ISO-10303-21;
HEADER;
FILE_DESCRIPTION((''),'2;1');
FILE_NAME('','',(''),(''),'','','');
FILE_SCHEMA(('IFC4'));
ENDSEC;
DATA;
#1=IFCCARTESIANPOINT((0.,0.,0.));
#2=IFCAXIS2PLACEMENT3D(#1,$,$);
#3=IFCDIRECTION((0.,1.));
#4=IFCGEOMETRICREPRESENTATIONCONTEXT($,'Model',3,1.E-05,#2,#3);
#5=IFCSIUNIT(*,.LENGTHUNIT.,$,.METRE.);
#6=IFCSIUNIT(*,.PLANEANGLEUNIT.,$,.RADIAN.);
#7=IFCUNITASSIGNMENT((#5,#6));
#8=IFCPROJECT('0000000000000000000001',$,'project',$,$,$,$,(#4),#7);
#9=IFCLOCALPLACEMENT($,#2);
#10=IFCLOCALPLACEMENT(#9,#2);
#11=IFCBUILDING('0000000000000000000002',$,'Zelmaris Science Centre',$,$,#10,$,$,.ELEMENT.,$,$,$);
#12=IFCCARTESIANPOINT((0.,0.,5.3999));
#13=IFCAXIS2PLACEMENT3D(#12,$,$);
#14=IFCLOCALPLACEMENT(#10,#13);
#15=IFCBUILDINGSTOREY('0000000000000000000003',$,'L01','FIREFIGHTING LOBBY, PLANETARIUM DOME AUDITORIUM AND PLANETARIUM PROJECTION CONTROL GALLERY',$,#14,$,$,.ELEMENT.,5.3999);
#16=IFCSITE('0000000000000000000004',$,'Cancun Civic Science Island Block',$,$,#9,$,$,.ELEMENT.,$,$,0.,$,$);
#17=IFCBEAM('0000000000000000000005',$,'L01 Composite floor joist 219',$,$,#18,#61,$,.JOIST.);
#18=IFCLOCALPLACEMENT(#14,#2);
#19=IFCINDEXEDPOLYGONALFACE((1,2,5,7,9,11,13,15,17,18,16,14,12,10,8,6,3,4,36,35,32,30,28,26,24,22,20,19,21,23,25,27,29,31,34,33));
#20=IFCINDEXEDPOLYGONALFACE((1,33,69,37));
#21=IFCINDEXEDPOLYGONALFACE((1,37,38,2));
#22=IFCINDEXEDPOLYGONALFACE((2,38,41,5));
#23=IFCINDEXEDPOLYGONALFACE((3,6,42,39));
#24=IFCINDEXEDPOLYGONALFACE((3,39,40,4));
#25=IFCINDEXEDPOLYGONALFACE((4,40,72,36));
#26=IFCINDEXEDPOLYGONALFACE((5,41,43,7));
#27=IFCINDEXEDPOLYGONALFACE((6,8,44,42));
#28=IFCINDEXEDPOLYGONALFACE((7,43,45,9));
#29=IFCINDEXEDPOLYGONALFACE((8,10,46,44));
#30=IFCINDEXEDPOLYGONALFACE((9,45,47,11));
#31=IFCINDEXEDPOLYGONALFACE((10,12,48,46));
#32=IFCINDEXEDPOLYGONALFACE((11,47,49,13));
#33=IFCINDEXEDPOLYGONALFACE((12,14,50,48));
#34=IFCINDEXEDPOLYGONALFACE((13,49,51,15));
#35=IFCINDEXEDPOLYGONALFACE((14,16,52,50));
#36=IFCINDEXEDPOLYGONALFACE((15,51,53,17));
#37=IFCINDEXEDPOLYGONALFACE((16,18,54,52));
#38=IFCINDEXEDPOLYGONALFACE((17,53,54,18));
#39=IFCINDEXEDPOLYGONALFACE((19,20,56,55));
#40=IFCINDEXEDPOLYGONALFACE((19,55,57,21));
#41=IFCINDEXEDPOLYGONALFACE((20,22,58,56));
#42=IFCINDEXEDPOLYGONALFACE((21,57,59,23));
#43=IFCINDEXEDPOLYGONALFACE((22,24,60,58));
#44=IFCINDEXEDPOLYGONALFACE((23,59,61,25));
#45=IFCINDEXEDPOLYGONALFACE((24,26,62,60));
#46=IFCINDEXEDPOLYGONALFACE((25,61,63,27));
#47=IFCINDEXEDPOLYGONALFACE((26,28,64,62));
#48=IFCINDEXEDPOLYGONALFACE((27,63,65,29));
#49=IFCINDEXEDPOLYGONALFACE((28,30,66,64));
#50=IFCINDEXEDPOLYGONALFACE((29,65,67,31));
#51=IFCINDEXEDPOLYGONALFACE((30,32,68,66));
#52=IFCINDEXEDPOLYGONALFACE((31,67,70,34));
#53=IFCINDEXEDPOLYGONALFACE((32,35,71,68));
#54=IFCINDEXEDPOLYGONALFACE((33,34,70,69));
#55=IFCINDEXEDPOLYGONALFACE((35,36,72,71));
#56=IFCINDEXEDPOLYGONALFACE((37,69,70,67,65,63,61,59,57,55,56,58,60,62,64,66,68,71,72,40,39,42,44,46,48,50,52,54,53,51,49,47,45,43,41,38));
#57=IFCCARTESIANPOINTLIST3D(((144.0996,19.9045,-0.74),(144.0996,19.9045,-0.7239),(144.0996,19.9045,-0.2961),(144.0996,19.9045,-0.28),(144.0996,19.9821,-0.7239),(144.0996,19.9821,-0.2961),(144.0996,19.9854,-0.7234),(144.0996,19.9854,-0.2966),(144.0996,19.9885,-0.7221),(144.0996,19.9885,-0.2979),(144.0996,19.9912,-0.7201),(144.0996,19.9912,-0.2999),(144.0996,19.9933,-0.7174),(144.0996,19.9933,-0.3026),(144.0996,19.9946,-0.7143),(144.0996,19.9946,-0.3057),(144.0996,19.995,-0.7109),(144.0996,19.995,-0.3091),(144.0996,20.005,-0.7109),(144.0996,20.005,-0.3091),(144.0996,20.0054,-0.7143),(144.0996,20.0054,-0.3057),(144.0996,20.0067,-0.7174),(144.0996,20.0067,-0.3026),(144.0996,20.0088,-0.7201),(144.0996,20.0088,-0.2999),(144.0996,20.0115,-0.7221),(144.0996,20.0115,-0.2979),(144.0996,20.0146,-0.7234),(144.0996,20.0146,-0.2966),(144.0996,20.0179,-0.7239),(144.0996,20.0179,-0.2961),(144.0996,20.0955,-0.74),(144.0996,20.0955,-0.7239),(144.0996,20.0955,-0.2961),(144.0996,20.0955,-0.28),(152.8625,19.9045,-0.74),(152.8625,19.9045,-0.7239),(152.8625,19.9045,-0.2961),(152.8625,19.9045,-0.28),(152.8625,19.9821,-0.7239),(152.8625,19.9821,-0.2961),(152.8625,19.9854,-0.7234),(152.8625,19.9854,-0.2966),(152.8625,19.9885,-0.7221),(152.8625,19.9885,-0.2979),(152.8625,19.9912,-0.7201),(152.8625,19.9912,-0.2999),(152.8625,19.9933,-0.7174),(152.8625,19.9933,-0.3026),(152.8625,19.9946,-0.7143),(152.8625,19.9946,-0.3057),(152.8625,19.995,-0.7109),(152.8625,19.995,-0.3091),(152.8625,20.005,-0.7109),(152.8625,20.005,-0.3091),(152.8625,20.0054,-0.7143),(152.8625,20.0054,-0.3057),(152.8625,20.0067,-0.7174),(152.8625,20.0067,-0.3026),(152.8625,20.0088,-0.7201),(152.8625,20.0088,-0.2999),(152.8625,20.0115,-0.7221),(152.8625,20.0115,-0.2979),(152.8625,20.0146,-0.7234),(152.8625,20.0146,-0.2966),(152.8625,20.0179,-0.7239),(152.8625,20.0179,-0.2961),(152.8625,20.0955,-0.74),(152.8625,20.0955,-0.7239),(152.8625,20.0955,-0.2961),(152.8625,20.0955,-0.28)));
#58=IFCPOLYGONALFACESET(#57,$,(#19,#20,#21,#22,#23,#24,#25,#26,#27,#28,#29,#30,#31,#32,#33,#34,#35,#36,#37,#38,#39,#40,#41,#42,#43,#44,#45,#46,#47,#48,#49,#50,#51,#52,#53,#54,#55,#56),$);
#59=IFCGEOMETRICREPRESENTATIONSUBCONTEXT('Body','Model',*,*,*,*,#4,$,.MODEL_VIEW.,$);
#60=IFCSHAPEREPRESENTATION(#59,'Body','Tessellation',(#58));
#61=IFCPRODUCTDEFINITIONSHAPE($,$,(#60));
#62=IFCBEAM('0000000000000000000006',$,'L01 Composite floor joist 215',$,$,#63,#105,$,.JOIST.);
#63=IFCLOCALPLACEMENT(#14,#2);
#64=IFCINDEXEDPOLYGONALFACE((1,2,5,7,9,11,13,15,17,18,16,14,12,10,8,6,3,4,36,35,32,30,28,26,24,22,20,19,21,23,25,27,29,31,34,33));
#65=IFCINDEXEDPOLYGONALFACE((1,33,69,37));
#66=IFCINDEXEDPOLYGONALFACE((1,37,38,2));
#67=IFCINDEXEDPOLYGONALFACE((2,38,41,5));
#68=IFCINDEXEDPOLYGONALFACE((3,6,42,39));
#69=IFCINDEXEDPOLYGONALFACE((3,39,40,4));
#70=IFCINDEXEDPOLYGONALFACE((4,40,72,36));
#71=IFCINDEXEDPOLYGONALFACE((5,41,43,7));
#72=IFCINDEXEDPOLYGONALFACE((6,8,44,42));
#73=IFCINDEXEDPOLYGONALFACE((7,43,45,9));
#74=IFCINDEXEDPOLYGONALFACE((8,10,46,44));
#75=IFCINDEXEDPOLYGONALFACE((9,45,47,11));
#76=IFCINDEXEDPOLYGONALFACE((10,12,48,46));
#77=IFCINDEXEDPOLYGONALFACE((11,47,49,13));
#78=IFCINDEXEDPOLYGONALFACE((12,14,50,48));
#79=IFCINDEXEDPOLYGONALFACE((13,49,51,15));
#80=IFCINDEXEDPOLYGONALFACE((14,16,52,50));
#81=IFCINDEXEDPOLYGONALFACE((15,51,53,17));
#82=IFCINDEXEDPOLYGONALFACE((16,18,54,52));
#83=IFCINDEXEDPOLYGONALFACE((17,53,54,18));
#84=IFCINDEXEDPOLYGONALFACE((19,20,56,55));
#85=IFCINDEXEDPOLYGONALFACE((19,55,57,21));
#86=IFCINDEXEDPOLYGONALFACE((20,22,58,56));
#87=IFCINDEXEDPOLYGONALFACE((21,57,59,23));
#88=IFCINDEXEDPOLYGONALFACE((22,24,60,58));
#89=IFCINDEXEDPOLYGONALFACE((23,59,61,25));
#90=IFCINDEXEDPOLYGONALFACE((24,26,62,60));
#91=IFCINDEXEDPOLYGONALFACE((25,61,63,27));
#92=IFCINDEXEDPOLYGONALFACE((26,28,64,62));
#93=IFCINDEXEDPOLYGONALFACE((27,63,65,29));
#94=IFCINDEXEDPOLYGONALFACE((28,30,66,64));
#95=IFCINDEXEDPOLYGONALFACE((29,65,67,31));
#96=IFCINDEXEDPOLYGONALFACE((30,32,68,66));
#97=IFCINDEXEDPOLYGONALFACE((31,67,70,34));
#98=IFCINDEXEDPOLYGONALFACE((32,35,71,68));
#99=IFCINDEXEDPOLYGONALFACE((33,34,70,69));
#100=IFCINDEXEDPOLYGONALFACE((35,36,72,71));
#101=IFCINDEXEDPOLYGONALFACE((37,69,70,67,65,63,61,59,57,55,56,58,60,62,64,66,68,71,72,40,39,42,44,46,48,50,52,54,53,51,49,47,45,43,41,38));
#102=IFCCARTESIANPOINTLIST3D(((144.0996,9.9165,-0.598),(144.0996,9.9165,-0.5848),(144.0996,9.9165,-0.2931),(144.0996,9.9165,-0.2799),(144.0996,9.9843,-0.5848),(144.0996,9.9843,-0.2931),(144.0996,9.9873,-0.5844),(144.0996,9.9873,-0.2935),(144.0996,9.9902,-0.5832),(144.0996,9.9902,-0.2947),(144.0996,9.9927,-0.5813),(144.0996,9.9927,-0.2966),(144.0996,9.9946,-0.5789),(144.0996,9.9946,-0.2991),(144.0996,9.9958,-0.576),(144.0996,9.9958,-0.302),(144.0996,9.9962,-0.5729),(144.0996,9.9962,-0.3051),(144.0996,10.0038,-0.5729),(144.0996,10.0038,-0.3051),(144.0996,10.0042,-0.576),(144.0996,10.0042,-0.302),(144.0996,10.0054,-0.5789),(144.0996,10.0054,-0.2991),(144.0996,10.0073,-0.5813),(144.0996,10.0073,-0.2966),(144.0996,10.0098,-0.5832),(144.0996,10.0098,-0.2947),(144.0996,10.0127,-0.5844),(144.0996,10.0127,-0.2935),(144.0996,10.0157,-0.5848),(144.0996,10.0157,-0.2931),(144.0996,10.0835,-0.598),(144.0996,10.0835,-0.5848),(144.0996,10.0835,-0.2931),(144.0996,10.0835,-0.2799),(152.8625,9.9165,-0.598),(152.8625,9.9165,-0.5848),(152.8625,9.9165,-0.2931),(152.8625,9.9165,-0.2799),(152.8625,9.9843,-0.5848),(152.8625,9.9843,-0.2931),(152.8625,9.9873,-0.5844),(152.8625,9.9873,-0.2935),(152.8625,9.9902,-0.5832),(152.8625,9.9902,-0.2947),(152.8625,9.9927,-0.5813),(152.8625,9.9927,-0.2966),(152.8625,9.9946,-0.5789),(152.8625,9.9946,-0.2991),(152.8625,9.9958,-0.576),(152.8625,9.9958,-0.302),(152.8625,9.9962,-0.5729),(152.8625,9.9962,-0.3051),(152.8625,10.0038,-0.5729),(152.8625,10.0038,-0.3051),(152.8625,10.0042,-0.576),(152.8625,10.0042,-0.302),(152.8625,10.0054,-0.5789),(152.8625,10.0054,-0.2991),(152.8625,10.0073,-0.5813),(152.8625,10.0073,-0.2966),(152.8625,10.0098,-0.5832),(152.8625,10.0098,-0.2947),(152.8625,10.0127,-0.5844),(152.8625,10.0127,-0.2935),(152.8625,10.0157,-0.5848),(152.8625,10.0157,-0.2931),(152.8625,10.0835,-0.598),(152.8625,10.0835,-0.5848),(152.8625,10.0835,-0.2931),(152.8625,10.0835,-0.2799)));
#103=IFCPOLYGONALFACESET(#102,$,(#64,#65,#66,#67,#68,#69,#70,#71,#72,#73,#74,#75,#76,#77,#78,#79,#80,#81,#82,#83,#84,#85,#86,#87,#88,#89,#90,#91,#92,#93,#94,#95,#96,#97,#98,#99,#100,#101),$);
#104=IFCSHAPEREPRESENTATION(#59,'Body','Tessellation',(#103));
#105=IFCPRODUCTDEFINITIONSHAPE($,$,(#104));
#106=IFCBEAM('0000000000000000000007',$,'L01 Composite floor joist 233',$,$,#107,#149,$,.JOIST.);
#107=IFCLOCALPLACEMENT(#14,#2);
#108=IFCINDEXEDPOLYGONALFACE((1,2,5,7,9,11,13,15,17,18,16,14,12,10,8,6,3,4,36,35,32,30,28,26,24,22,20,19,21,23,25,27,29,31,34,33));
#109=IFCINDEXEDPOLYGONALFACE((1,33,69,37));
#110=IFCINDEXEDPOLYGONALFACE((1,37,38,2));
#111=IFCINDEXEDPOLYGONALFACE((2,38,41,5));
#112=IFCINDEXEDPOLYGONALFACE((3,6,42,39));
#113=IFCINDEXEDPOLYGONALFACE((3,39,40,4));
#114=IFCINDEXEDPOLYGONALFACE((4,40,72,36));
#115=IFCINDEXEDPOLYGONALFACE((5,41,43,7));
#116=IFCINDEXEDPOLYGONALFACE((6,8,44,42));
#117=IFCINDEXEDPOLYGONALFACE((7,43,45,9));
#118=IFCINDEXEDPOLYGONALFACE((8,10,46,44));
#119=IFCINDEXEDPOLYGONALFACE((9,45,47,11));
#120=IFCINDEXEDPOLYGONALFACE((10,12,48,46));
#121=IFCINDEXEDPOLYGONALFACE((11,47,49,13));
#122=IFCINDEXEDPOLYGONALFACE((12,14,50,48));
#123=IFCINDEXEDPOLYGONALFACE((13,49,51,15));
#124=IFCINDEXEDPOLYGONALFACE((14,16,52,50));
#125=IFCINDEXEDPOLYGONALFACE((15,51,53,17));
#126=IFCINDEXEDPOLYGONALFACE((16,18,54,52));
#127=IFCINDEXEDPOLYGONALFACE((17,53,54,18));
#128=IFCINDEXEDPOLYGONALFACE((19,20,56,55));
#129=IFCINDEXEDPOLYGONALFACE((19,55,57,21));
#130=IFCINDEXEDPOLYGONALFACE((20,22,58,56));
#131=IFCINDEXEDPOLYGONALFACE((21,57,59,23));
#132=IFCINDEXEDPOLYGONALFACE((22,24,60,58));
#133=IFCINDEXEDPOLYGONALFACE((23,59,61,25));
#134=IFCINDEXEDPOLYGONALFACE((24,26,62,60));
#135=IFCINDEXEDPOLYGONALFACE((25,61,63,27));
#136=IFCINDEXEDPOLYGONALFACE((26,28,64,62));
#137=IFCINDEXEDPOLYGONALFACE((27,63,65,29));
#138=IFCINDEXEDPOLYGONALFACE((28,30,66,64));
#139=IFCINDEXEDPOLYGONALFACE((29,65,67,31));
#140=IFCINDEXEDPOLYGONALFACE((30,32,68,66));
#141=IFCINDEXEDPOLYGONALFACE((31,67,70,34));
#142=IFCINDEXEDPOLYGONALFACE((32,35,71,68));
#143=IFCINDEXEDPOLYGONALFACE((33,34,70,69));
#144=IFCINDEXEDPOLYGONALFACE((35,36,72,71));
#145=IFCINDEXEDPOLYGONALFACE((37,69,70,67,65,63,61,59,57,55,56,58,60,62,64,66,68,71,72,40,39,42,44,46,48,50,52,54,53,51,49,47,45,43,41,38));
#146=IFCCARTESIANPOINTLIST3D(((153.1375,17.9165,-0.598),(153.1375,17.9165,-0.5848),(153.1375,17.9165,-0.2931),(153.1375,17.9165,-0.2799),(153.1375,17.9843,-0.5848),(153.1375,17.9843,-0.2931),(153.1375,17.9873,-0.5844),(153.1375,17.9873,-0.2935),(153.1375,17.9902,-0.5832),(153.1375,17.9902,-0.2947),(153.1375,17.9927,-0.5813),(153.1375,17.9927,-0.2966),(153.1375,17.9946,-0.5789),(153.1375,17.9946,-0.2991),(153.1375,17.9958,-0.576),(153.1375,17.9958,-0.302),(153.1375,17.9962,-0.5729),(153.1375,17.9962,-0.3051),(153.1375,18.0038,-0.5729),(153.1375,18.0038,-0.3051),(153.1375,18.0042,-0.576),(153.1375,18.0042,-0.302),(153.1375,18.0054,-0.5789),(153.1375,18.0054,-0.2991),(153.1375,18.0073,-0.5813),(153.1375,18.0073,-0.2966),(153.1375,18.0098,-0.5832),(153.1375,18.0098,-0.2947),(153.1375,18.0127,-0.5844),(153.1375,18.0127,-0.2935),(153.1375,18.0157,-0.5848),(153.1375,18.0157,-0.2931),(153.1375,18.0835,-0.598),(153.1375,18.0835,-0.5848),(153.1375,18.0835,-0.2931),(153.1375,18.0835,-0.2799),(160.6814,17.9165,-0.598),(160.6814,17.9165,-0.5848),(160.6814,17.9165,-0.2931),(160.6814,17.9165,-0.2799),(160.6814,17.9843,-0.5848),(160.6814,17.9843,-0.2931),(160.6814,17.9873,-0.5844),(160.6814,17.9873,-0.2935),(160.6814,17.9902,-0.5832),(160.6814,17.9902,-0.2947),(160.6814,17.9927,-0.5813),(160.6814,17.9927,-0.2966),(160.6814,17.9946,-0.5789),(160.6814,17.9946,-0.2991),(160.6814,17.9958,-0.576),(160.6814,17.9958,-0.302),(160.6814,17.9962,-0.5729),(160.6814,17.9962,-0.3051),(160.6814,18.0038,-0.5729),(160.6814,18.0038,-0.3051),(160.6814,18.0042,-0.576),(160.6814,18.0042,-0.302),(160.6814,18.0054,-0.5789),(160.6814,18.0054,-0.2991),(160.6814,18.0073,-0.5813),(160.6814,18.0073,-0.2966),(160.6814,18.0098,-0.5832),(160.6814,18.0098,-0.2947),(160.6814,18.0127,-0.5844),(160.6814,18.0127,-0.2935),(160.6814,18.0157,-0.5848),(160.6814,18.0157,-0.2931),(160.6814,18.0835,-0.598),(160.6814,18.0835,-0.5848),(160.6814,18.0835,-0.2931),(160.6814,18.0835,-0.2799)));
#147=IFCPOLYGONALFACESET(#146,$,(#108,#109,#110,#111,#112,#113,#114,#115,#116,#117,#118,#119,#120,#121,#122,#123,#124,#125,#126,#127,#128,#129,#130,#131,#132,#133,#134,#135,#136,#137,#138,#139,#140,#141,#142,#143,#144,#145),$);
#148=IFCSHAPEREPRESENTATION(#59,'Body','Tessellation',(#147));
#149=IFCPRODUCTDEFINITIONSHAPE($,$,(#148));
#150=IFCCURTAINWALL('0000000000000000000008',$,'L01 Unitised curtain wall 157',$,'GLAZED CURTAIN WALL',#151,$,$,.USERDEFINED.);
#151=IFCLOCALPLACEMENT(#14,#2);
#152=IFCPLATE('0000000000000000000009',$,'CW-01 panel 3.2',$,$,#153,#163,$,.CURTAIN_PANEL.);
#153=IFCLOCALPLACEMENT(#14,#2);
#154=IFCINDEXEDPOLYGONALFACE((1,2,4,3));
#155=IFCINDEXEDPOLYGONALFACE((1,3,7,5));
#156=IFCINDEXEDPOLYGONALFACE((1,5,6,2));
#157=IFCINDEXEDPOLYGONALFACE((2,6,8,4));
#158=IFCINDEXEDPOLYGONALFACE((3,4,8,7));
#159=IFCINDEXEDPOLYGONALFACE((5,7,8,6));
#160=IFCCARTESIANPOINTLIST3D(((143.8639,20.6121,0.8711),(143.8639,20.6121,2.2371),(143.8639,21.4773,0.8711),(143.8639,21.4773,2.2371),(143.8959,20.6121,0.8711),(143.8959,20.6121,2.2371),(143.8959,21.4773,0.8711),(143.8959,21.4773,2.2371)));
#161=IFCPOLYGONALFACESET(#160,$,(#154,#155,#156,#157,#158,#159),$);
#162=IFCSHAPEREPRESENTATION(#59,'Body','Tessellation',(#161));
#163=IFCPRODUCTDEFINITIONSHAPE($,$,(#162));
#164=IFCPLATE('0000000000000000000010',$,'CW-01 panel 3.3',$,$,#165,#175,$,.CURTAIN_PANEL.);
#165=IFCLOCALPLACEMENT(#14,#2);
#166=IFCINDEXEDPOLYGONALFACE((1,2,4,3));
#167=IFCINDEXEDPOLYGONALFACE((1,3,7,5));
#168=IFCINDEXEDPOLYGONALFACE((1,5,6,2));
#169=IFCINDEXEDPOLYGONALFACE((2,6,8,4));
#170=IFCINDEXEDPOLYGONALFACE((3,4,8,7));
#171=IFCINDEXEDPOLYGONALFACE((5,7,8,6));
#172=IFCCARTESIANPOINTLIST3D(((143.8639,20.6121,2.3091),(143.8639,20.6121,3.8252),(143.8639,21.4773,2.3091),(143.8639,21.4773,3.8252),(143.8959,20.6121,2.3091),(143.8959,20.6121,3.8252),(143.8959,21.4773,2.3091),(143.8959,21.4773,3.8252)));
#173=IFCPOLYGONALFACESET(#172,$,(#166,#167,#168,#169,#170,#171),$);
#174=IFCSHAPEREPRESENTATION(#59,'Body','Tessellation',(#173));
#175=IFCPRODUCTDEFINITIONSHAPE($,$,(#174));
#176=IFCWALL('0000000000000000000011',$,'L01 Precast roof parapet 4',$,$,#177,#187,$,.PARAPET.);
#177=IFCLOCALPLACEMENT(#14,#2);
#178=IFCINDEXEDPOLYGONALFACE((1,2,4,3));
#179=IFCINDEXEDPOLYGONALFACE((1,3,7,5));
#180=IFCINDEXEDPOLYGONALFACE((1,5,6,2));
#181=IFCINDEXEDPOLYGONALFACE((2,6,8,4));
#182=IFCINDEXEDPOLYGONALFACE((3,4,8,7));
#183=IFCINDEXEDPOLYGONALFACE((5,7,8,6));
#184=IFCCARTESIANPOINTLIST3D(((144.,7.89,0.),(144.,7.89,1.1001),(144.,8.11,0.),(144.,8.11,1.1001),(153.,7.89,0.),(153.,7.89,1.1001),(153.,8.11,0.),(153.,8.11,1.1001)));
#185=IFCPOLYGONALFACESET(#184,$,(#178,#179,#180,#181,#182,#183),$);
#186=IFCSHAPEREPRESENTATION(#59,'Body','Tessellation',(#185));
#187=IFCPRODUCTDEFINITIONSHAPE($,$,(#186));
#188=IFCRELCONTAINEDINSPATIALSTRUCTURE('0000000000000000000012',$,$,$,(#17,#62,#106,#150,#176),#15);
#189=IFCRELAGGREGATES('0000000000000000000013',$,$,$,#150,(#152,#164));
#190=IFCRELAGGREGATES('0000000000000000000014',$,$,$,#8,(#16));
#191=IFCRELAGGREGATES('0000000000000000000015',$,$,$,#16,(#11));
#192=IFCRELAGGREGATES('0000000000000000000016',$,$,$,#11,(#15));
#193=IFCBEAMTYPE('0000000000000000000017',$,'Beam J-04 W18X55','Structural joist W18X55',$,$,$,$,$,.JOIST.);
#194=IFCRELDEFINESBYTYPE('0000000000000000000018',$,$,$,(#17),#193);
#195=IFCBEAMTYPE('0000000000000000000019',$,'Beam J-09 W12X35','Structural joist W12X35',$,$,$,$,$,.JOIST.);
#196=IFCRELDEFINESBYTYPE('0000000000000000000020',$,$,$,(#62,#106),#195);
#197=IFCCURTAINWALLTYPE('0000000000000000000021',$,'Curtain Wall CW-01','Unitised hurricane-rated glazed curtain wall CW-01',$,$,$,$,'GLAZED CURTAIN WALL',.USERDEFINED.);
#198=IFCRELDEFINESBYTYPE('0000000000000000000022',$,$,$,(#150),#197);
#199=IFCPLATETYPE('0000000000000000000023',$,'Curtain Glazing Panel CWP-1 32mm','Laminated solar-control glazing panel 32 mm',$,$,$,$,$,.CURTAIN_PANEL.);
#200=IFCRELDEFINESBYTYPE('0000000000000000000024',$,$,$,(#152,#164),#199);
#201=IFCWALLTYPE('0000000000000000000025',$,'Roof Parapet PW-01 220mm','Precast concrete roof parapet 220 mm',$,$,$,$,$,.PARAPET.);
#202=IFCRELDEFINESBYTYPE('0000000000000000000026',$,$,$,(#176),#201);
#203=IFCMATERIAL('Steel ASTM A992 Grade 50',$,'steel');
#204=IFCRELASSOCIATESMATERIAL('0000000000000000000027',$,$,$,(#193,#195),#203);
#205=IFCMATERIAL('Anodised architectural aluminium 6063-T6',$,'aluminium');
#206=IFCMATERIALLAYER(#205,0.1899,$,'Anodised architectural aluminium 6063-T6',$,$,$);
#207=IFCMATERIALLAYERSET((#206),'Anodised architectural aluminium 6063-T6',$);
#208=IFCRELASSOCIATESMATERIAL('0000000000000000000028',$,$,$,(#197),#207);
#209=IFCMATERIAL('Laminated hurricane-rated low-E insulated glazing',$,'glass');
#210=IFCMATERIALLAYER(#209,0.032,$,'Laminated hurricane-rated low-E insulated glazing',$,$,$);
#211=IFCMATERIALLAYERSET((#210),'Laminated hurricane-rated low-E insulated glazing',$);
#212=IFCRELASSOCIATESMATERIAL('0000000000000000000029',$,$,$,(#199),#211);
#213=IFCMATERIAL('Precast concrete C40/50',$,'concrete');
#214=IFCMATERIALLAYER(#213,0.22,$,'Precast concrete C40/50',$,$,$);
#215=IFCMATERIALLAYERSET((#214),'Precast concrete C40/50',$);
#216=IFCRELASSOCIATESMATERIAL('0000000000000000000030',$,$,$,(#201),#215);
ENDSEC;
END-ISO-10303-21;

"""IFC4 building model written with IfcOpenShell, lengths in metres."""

from ifc_helpers import new_model, si_unit, direction, frame, frame_2d, origin, origin_2d, place, context, subcontext, project, spatial, rectangle, i_section, extrude, material, layer, layer_set, material_profile, profile_set, type_object, element, aggregate, save


model = new_model("IFC4")

# Units and contexts
model_context = context("Model", 3, precision=1e-05, world=origin(), true_north=direction((0.0, 1.0)))
body_context = subcontext(model_context, "Body", "Model", "MODEL_VIEW")
ifc_project = project(units=[si_unit("LENGTHUNIT", "METRE"), si_unit("PLANEANGLEUNIT", "RADIAN")], contexts=[model_context])

# Site, building, storey
site_placement = place(None, origin())
site = spatial("IfcSite", under=ifc_project, at=site_placement, Name="Cancun Civic Science Island Block", CompositionType="ELEMENT", RefElevation=0.0)
building_placement = place(site_placement, origin())
building = spatial("IfcBuilding", under=site, at=building_placement, Name="Zelmaris Science Centre", CompositionType="ELEMENT")
storey_placement = place(building_placement, frame((0.0, 0.0, 5.3999)))
storey = spatial("IfcBuildingStorey", under=building, at=storey_placement, Name="L01", Description="FIREFIGHTING LOBBY, PLANETARIUM DOME AUDITORIUM AND PLANETARIUM PROJECTION CONTROL GALLERY", CompositionType="ELEMENT", Elevation=5.3999)

# Shared definitions
ifc_material_1 = material(Name="Steel ASTM A992 Grade 50", Category="steel")

# Beams
ifc_material_profile_1 = material_profile(ifc_material_1, i_section(OverallWidth=0.1909, OverallDepth=0.46, WebThickness=0.01, FlangeThickness=0.0161, FilletRadius=0.0129, at=origin_2d()), Name="W18X55")
ifc_profile_set_1 = profile_set([ifc_material_profile_1], Name="Steel ASTM A992 Grade 50")
beam_type_1 = type_object("IfcBeamType", Name="Beam J-04 W18X55", Description="Structural joist W18X55", PredefinedType="JOIST", material=ifc_profile_set_1)
beam_1_placement = place(storey_placement, frame((144.0996, 20.0, -0.51), z_axis=(1.0, 0.0, 0.0), x_axis=(0.0, 1.0, 0.0)))
element("IfcBeam", 1, at=beam_1_placement, inside=storey, type_object=beam_type_1, Name="L01 Composite floor joist 219", PredefinedType="JOIST", context=body_context, shape_type="SweptSolid", body=[
    extrude(i_section(OverallWidth=0.1909, OverallDepth=0.46, WebThickness=0.01, FlangeThickness=0.0161, FilletRadius=0.0129, at=origin_2d()), origin(), (0.0, 0.0, 1.0), 8.7629),
])
ifc_material_profile_2 = material_profile(ifc_material_1, i_section(OverallWidth=0.167, OverallDepth=0.3181, WebThickness=0.0076, FlangeThickness=0.0132, FilletRadius=0.012, at=origin_2d()), Name="W12X35")
ifc_profile_set_2 = profile_set([ifc_material_profile_2], Name="Steel ASTM A992 Grade 50")
beam_type_2 = type_object("IfcBeamType", Name="Beam J-09 W12X35", Description="Structural joist W12X35", PredefinedType="JOIST", material=ifc_profile_set_2)
beam_2_placement = place(storey_placement, frame((144.0996, 10.0, -0.439), z_axis=(1.0, 0.0, 0.0), x_axis=(0.0, 1.0, 0.0)))
element("IfcBeam", 2, at=beam_2_placement, inside=storey, type_object=beam_type_2, Name="L01 Composite floor joist 215", PredefinedType="JOIST", context=body_context, shape_type="SweptSolid", body=[
    extrude(i_section(OverallWidth=0.167, OverallDepth=0.3181, WebThickness=0.0076, FlangeThickness=0.0132, FilletRadius=0.012, at=origin_2d()), origin(), (0.0, 0.0, 1.0), 8.7629),
])
beam_3_placement = place(storey_placement, frame((153.1375, 18.0, -0.439), z_axis=(1.0, 0.0, 0.0), x_axis=(0.0, 1.0, 0.0)))
element("IfcBeam", 3, at=beam_3_placement, inside=storey, type_object=beam_type_2, Name="L01 Composite floor joist 233", PredefinedType="JOIST", context=body_context, shape_type="SweptSolid", body=[
    extrude(i_section(OverallWidth=0.167, OverallDepth=0.3181, WebThickness=0.0076, FlangeThickness=0.0132, FilletRadius=0.012, at=origin_2d()), origin(), (0.0, 0.0, 1.0), 7.5439),
])

# Curtain wall, plates
ifc_material_2 = material(Name="Anodised architectural aluminium 6063-T6", Category="aluminium")
ifc_layer_1 = layer(ifc_material_2, 0.1899, Name="Anodised architectural aluminium 6063-T6")
ifc_layer_set_1 = layer_set([ifc_layer_1], Name="Anodised architectural aluminium 6063-T6")
curtain_wall_type = type_object("IfcCurtainWallType", Name="Curtain Wall CW-01", Description="Unitised hurricane-rated glazed curtain wall CW-01", ElementType="GLAZED CURTAIN WALL", PredefinedType="USERDEFINED", material=ifc_layer_set_1)
curtain_wall_placement = place(storey_placement, origin())
curtain_wall = element("IfcCurtainWall", 4, at=curtain_wall_placement, inside=storey, type_object=curtain_wall_type, Name="L01 Unitised curtain wall 157", ObjectType="GLAZED CURTAIN WALL", PredefinedType="USERDEFINED")
ifc_material_3 = material(Name="Laminated hurricane-rated low-E insulated glazing", Category="glass")
ifc_layer_2 = layer(ifc_material_3, 0.032, Name="Laminated hurricane-rated low-E insulated glazing")
ifc_layer_set_2 = layer_set([ifc_layer_2], Name="Laminated hurricane-rated low-E insulated glazing")
plate_type = type_object("IfcPlateType", Name="Curtain Glazing Panel CWP-1 32mm", Description="Laminated solar-control glazing panel 32 mm", PredefinedType="CURTAIN_PANEL", material=ifc_layer_set_2)
plate_1_placement = place(storey_placement, frame((143.8799, 21.0447, 0.8711), z_axis=(0.0, 0.0, 1.0), x_axis=(0.0, -1.0, 0.0)))
plate_1 = element("IfcPlate", 5, at=plate_1_placement, type_object=plate_type, Name="CW-01 panel 3.2", PredefinedType="CURTAIN_PANEL", context=body_context, shape_type="SweptSolid", body=[
    extrude(rectangle(XDim=0.8652, YDim=0.032, at=origin_2d()), origin(), (0.0, 0.0, 1.0), 1.366),
])
plate_2_placement = place(storey_placement, frame((143.8799, 21.0447, 2.3091), z_axis=(0.0, 0.0, 1.0), x_axis=(0.0, -1.0, 0.0)))
plate_2 = element("IfcPlate", 6, at=plate_2_placement, type_object=plate_type, Name="CW-01 panel 3.3", PredefinedType="CURTAIN_PANEL", context=body_context, shape_type="SweptSolid", body=[
    extrude(rectangle(XDim=0.8652, YDim=0.032, at=origin_2d()), origin(), (0.0, 0.0, 1.0), 1.5161),
])
aggregate(curtain_wall, [plate_1, plate_2])

# Wall
ifc_material_4 = material(Name="Precast concrete C40/50", Category="concrete")
ifc_layer_3 = layer(ifc_material_4, 0.22, Name="Precast concrete C40/50")
ifc_layer_set_3 = layer_set([ifc_layer_3], Name="Precast concrete C40/50")
wall_type_1 = type_object("IfcWallType", Name="Roof Parapet PW-01 220mm", Description="Precast concrete roof parapet 220 mm", PredefinedType="PARAPET", material=ifc_layer_set_3)
wall_1_placement = place(storey_placement, frame((144.0, 8.0, 0.0), z_axis=(0.0, 0.0, 1.0), x_axis=(1.0, 0.0, 0.0)))
element("IfcWall", 7, at=wall_1_placement, inside=storey, type_object=wall_type_1, Name="L01 Precast roof parapet 4", PredefinedType="PARAPET", context=body_context, shape_type="SweptSolid", body=[
    extrude(rectangle(XDim=9.0, YDim=0.22, at=frame_2d((4.5, 0.0))), origin(), (0.0, 0.0, 1.0), 1.1001),
])

save(model, "model.ifc")
